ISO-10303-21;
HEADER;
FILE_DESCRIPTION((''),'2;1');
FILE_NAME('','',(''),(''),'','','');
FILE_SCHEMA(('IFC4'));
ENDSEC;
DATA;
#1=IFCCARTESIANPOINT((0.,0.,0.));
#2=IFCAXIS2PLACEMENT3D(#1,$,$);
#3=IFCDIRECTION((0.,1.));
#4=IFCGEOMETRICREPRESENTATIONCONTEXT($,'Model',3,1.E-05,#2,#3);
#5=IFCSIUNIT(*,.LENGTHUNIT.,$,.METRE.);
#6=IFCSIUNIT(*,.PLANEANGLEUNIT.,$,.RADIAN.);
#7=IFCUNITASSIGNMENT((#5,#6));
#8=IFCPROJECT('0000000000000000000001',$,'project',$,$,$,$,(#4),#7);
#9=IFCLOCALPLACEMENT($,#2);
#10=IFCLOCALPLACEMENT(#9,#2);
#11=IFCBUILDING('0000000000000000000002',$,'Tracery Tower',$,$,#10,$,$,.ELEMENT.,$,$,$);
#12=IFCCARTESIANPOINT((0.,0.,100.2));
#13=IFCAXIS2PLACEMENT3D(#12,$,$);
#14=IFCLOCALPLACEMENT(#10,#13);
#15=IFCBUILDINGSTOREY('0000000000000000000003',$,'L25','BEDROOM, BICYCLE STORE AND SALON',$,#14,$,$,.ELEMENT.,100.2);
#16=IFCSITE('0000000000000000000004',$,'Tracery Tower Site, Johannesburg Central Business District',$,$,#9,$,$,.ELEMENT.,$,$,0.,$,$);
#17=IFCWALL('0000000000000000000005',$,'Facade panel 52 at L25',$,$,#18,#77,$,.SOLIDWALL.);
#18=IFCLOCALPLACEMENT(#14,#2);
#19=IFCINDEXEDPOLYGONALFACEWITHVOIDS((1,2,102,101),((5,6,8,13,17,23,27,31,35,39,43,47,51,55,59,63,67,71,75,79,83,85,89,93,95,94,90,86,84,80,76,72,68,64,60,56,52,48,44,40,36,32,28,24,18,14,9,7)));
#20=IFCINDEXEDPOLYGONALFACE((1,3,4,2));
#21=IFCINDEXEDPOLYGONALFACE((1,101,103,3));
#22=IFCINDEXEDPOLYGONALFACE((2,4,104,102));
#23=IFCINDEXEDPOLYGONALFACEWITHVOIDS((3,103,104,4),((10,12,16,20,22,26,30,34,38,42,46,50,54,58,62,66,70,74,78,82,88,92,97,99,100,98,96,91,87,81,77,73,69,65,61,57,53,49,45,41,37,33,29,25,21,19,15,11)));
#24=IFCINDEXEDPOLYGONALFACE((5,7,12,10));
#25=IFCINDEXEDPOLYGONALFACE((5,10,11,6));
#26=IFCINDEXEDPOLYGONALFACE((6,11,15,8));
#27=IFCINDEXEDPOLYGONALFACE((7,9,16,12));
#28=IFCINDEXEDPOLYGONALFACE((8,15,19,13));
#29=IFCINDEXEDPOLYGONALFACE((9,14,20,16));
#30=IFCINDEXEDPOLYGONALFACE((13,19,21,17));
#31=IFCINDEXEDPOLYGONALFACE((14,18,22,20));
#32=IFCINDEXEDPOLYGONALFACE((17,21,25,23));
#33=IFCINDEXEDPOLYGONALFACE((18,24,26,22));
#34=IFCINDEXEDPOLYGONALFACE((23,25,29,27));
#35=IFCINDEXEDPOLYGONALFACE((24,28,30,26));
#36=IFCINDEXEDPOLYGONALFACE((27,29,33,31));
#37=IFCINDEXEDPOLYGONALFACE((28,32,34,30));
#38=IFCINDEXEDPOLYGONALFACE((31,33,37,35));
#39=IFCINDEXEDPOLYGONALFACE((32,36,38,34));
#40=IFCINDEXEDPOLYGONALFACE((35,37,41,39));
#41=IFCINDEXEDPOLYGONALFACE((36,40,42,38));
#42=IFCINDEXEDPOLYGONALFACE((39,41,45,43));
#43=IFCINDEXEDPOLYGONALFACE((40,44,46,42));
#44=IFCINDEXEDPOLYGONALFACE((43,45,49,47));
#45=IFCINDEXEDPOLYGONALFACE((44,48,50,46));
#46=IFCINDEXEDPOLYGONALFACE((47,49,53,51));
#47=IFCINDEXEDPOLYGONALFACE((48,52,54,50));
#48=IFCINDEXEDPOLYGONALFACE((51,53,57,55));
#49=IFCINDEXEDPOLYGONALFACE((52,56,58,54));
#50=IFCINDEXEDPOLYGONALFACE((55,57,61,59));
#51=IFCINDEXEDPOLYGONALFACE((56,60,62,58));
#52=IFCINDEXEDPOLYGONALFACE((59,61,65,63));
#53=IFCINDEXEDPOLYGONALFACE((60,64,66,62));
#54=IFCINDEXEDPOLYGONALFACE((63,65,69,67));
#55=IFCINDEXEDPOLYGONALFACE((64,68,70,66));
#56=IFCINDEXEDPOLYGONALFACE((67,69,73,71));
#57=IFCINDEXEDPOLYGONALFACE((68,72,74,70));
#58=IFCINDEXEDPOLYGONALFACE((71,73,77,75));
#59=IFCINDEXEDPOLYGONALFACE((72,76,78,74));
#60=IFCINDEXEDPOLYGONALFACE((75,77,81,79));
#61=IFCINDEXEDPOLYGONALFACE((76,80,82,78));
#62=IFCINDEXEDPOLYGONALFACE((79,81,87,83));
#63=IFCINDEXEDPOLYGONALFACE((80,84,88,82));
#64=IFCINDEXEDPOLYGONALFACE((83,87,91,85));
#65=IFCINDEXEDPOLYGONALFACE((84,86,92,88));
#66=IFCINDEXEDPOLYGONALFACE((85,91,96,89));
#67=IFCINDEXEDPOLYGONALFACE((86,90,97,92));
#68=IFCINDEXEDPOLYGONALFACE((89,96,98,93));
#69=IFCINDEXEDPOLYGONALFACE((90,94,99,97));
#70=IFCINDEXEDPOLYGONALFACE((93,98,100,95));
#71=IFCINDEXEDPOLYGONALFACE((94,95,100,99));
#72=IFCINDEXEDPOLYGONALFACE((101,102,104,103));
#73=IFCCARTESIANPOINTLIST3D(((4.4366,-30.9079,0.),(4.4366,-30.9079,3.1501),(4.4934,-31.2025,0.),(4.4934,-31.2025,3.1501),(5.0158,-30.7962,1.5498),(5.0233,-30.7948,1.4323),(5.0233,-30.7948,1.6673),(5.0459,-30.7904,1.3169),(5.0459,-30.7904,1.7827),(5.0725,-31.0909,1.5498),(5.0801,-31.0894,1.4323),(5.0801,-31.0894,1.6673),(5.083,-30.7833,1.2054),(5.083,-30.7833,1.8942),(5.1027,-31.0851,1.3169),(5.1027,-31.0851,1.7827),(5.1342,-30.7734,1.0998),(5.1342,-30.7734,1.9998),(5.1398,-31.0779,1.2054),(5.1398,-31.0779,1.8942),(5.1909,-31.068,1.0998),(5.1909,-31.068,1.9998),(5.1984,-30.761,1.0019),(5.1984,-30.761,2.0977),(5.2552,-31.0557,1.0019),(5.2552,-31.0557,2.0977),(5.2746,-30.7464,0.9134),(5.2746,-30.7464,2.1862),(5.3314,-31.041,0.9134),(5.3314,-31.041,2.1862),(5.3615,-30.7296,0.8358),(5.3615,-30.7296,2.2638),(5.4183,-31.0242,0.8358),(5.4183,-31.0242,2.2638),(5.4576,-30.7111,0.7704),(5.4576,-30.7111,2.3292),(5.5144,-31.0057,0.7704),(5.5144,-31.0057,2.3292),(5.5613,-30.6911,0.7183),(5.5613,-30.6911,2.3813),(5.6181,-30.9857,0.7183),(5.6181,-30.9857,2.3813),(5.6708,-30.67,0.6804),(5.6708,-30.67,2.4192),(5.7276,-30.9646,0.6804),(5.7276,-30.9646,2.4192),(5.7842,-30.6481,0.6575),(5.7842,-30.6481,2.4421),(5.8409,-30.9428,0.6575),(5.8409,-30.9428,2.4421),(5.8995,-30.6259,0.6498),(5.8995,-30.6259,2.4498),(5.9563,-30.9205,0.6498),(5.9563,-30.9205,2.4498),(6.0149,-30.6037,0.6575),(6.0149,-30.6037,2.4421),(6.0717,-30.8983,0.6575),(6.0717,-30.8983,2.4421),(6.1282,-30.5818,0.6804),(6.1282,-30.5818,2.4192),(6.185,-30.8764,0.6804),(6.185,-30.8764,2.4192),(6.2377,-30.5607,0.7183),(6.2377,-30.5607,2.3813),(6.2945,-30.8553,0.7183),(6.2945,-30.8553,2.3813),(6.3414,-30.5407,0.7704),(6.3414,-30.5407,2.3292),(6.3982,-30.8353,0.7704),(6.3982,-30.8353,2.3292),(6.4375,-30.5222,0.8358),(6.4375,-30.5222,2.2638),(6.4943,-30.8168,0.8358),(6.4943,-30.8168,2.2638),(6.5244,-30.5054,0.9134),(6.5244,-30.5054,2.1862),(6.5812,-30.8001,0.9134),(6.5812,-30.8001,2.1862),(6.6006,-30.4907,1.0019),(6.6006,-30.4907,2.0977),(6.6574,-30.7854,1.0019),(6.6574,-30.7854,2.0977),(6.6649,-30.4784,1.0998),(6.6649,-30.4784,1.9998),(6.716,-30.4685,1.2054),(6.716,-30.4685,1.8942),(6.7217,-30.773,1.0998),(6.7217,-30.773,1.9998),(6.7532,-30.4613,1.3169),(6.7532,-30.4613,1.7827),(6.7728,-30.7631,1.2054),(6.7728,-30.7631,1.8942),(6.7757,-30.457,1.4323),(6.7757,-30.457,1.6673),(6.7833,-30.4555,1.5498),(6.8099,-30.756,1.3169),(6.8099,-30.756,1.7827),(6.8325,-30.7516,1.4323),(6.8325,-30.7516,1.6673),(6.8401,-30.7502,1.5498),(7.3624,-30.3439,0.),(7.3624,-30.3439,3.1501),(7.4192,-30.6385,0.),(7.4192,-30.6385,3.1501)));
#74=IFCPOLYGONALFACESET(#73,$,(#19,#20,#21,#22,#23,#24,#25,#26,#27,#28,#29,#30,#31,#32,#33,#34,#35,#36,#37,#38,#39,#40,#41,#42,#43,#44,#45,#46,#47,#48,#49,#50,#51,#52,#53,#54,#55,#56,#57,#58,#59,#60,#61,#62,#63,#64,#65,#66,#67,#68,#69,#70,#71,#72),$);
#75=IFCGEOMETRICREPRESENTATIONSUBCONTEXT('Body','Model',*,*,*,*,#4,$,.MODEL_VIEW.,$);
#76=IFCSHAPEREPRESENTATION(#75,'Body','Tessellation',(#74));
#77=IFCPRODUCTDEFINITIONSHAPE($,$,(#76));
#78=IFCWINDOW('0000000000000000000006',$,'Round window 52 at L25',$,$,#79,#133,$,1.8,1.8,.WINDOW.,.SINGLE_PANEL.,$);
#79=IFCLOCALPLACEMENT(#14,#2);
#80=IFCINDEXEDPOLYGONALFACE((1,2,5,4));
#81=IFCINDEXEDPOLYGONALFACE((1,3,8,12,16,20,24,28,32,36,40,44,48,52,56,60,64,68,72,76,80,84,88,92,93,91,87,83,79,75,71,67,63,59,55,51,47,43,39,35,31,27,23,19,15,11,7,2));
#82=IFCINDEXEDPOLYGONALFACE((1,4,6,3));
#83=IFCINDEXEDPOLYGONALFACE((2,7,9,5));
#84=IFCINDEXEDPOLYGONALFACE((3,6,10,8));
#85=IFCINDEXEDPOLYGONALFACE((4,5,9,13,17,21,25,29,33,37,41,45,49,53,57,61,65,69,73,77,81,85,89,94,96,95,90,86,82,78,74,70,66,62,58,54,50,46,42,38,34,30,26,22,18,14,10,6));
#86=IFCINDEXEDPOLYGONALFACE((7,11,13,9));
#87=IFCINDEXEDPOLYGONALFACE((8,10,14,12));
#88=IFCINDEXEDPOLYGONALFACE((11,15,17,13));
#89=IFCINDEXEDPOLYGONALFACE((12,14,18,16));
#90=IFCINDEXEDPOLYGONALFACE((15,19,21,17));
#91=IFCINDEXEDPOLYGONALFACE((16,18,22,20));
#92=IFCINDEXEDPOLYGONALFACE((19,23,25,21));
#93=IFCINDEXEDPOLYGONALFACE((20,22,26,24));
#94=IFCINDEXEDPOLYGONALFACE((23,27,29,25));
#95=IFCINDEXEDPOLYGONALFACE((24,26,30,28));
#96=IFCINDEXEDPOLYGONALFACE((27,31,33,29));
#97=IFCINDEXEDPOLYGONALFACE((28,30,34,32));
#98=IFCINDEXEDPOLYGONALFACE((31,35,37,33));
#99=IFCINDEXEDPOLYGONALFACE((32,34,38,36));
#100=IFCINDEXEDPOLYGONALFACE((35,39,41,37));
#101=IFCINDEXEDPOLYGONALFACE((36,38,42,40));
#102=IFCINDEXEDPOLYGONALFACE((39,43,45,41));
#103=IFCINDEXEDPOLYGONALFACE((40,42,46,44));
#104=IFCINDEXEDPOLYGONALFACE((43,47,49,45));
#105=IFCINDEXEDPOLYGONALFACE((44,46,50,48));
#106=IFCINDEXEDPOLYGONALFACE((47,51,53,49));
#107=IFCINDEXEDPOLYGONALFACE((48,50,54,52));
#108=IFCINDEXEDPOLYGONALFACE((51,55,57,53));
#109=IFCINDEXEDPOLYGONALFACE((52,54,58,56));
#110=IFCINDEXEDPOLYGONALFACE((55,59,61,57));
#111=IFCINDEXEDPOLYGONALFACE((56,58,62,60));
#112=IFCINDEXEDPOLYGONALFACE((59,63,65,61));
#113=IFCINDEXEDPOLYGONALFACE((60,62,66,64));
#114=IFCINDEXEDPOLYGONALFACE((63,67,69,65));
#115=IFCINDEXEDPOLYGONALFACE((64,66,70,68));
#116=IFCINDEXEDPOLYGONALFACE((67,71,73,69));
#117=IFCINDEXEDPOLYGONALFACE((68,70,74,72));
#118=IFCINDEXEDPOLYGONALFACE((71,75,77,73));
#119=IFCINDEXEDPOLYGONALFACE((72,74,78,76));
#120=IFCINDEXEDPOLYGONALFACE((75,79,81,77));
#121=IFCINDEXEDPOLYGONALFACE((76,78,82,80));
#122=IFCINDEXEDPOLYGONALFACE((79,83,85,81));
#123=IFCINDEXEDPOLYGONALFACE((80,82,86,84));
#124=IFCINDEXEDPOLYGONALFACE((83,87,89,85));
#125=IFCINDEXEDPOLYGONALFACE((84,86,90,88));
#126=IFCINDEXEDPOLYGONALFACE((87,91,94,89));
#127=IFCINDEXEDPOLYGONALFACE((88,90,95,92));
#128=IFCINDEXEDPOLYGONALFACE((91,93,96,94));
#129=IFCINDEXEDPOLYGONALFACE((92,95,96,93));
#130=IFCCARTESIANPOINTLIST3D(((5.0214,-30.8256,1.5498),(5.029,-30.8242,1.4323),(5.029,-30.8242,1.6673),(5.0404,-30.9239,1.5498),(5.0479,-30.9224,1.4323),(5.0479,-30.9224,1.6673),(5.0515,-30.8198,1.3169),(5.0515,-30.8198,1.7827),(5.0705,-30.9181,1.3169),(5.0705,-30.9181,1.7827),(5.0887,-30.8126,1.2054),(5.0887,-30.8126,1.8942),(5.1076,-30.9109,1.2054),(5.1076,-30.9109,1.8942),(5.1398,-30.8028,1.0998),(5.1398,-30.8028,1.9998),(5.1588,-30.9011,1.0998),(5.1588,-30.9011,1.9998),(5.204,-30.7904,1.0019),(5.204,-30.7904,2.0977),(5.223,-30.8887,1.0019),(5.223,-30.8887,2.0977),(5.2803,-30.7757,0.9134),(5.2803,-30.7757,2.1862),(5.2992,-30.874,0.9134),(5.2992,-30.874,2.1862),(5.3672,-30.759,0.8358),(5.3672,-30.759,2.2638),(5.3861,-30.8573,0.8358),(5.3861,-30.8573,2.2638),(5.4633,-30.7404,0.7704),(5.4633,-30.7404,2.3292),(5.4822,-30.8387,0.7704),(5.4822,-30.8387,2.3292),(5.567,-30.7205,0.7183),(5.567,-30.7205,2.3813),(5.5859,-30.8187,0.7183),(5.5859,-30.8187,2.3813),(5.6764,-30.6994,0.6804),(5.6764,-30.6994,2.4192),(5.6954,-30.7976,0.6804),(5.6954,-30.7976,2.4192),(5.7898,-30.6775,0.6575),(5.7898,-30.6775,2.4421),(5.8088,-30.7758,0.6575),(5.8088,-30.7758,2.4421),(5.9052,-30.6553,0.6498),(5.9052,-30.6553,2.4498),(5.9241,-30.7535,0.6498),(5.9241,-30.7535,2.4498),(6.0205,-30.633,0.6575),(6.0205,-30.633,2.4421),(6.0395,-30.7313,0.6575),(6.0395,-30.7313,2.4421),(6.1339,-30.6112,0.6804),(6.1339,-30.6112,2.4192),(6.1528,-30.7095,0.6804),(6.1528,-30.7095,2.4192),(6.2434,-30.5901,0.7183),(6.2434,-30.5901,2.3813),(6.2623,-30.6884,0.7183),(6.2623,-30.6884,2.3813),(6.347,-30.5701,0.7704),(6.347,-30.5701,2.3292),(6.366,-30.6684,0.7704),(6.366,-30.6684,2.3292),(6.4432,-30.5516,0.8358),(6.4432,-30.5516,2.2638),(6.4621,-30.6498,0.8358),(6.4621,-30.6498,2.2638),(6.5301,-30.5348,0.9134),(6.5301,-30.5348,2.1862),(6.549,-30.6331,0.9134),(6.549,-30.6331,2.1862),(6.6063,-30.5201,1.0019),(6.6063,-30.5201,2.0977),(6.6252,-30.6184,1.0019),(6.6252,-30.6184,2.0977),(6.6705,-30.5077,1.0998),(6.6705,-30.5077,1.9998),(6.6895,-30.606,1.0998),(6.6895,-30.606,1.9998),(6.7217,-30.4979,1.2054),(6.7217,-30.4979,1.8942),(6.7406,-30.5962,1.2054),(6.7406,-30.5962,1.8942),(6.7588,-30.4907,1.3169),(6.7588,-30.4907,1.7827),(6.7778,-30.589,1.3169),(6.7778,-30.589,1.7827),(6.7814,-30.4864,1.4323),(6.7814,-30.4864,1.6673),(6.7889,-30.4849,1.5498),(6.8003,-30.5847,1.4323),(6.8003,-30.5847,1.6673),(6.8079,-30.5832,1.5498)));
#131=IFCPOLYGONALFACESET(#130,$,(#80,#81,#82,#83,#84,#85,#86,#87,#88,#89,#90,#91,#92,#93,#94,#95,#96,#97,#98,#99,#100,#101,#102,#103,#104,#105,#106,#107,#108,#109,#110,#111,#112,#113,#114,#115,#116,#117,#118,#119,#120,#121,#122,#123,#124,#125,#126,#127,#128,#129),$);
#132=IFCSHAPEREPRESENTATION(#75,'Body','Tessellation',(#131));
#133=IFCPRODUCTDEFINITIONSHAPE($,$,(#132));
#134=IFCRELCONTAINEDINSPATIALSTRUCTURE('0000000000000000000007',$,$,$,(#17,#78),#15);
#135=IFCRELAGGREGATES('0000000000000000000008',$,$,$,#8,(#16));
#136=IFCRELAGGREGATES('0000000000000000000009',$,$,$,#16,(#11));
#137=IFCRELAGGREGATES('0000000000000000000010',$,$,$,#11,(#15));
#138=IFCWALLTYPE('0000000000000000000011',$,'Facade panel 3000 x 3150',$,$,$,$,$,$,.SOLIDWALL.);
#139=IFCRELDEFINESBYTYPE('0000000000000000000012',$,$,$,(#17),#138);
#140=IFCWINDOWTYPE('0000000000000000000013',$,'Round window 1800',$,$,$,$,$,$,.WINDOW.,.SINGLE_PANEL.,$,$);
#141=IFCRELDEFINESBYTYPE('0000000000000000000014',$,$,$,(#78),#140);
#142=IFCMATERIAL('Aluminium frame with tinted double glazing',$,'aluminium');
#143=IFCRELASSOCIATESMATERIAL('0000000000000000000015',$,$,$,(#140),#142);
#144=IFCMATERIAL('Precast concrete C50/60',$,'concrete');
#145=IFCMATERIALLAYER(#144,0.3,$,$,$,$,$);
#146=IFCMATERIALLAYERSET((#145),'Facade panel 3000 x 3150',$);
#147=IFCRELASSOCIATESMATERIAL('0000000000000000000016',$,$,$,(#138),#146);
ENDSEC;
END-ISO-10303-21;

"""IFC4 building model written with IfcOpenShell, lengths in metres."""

from ifc_helpers import new_model, si_unit, direction, frame, frame_2d, origin, origin_2d, place, context, subcontext, project, spatial, rectangle, circle, extrude, material, layer, layer_set, type_object, element, fill, save


model = new_model("IFC4")

# Units and contexts
model_context = context("Model", 3, precision=1e-05, world=origin(), true_north=direction((0.0, 1.0)))
body_context = subcontext(model_context, "Body", "Model", "MODEL_VIEW")
ifc_project = project(units=[si_unit("LENGTHUNIT", "METRE"), si_unit("PLANEANGLEUNIT", "RADIAN")], contexts=[model_context])

# Site, building, storey
site_placement = place(None, origin())
site = spatial("IfcSite", under=ifc_project, at=site_placement, Name="Tracery Tower Site, Johannesburg Central Business District", CompositionType="ELEMENT", RefElevation=0.0)
building_placement = place(site_placement, origin())
building = spatial("IfcBuilding", under=site, at=building_placement, Name="Tracery Tower", CompositionType="ELEMENT")
storey_placement = place(building_placement, frame((0.0, 0.0, 100.2)))
storey = spatial("IfcBuildingStorey", under=building, at=storey_placement, Name="L25", Description="BEDROOM, BICYCLE STORE AND SALON", CompositionType="ELEMENT", Elevation=100.2)

# Wall, opening, window
ifc_material_1 = material(Name="Aluminium frame with tinted double glazing", Category="aluminium")
window_type = type_object("IfcWindowType", Name="Round window 1800", PartitioningType="SINGLE_PANEL", PredefinedType="WINDOW", material=ifc_material_1)
ifc_material_2 = material(Name="Precast concrete C50/60", Category="concrete")
ifc_layer_1 = layer(ifc_material_2, 0.3)
ifc_layer_set_1 = layer_set([ifc_layer_1], Name="Facade panel 3000 x 3150")
wall_type_1 = type_object("IfcWallType", Name="Facade panel 3000 x 3150", PredefinedType="SOLIDWALL", material=ifc_layer_set_1)
wall_1_placement = place(storey_placement, frame((4.4651, -31.0552, 0.0), z_axis=(0.0, 0.0, 1.0), x_axis=(0.981925, 0.189273, 0.0)))
wall_1 = element("IfcWall", 1, at=wall_1_placement, inside=storey, type_object=wall_type_1, Name="Facade panel 52 at L25", PredefinedType="SOLIDWALL", context=body_context, shape_type="SweptSolid", body=[
    extrude(rectangle(XDim=2.9797, YDim=0.3, at=frame_2d((1.4897, 0.0))), origin(), (0.0, 0.0, 1.0), 3.1501),
])
opening_1_placement = place(wall_1_placement, frame((1.4897, 0.0, 1.5498)))
opening_1 = element("IfcOpeningElement", 2, at=opening_1_placement, cuts=wall_1, PredefinedType="OPENING", context=body_context, shape_type="SweptSolid", body=[
    extrude(circle(Radius=0.9, at=origin_2d()), frame((0.0, 0.1599, 0.0), z_axis=(0.0, -1.0, 0.0), x_axis=(1.0, 0.0, 0.0)), (0.0, 0.0, 1.0), 0.3201),
])
window_1_placement = place(opening_1_placement, origin())
window_1 = element("IfcWindow", 3, at=window_1_placement, inside=storey, type_object=window_type, Name="Round window 52 at L25", OverallHeight=1.8, OverallWidth=1.8, PartitioningType="SINGLE_PANEL", PredefinedType="WINDOW", context=body_context, shape_type="SweptSolid", body=[
    extrude(circle(Radius=0.9, at=origin_2d()), frame((0.0, 0.1201, 0.0), z_axis=(0.0, -1.0, 0.0), x_axis=(1.0, 0.0, 0.0)), (0.0, 0.0, 1.0), 0.1001),
])
fill(opening_1, window_1)

save(model, "model.ifc")
